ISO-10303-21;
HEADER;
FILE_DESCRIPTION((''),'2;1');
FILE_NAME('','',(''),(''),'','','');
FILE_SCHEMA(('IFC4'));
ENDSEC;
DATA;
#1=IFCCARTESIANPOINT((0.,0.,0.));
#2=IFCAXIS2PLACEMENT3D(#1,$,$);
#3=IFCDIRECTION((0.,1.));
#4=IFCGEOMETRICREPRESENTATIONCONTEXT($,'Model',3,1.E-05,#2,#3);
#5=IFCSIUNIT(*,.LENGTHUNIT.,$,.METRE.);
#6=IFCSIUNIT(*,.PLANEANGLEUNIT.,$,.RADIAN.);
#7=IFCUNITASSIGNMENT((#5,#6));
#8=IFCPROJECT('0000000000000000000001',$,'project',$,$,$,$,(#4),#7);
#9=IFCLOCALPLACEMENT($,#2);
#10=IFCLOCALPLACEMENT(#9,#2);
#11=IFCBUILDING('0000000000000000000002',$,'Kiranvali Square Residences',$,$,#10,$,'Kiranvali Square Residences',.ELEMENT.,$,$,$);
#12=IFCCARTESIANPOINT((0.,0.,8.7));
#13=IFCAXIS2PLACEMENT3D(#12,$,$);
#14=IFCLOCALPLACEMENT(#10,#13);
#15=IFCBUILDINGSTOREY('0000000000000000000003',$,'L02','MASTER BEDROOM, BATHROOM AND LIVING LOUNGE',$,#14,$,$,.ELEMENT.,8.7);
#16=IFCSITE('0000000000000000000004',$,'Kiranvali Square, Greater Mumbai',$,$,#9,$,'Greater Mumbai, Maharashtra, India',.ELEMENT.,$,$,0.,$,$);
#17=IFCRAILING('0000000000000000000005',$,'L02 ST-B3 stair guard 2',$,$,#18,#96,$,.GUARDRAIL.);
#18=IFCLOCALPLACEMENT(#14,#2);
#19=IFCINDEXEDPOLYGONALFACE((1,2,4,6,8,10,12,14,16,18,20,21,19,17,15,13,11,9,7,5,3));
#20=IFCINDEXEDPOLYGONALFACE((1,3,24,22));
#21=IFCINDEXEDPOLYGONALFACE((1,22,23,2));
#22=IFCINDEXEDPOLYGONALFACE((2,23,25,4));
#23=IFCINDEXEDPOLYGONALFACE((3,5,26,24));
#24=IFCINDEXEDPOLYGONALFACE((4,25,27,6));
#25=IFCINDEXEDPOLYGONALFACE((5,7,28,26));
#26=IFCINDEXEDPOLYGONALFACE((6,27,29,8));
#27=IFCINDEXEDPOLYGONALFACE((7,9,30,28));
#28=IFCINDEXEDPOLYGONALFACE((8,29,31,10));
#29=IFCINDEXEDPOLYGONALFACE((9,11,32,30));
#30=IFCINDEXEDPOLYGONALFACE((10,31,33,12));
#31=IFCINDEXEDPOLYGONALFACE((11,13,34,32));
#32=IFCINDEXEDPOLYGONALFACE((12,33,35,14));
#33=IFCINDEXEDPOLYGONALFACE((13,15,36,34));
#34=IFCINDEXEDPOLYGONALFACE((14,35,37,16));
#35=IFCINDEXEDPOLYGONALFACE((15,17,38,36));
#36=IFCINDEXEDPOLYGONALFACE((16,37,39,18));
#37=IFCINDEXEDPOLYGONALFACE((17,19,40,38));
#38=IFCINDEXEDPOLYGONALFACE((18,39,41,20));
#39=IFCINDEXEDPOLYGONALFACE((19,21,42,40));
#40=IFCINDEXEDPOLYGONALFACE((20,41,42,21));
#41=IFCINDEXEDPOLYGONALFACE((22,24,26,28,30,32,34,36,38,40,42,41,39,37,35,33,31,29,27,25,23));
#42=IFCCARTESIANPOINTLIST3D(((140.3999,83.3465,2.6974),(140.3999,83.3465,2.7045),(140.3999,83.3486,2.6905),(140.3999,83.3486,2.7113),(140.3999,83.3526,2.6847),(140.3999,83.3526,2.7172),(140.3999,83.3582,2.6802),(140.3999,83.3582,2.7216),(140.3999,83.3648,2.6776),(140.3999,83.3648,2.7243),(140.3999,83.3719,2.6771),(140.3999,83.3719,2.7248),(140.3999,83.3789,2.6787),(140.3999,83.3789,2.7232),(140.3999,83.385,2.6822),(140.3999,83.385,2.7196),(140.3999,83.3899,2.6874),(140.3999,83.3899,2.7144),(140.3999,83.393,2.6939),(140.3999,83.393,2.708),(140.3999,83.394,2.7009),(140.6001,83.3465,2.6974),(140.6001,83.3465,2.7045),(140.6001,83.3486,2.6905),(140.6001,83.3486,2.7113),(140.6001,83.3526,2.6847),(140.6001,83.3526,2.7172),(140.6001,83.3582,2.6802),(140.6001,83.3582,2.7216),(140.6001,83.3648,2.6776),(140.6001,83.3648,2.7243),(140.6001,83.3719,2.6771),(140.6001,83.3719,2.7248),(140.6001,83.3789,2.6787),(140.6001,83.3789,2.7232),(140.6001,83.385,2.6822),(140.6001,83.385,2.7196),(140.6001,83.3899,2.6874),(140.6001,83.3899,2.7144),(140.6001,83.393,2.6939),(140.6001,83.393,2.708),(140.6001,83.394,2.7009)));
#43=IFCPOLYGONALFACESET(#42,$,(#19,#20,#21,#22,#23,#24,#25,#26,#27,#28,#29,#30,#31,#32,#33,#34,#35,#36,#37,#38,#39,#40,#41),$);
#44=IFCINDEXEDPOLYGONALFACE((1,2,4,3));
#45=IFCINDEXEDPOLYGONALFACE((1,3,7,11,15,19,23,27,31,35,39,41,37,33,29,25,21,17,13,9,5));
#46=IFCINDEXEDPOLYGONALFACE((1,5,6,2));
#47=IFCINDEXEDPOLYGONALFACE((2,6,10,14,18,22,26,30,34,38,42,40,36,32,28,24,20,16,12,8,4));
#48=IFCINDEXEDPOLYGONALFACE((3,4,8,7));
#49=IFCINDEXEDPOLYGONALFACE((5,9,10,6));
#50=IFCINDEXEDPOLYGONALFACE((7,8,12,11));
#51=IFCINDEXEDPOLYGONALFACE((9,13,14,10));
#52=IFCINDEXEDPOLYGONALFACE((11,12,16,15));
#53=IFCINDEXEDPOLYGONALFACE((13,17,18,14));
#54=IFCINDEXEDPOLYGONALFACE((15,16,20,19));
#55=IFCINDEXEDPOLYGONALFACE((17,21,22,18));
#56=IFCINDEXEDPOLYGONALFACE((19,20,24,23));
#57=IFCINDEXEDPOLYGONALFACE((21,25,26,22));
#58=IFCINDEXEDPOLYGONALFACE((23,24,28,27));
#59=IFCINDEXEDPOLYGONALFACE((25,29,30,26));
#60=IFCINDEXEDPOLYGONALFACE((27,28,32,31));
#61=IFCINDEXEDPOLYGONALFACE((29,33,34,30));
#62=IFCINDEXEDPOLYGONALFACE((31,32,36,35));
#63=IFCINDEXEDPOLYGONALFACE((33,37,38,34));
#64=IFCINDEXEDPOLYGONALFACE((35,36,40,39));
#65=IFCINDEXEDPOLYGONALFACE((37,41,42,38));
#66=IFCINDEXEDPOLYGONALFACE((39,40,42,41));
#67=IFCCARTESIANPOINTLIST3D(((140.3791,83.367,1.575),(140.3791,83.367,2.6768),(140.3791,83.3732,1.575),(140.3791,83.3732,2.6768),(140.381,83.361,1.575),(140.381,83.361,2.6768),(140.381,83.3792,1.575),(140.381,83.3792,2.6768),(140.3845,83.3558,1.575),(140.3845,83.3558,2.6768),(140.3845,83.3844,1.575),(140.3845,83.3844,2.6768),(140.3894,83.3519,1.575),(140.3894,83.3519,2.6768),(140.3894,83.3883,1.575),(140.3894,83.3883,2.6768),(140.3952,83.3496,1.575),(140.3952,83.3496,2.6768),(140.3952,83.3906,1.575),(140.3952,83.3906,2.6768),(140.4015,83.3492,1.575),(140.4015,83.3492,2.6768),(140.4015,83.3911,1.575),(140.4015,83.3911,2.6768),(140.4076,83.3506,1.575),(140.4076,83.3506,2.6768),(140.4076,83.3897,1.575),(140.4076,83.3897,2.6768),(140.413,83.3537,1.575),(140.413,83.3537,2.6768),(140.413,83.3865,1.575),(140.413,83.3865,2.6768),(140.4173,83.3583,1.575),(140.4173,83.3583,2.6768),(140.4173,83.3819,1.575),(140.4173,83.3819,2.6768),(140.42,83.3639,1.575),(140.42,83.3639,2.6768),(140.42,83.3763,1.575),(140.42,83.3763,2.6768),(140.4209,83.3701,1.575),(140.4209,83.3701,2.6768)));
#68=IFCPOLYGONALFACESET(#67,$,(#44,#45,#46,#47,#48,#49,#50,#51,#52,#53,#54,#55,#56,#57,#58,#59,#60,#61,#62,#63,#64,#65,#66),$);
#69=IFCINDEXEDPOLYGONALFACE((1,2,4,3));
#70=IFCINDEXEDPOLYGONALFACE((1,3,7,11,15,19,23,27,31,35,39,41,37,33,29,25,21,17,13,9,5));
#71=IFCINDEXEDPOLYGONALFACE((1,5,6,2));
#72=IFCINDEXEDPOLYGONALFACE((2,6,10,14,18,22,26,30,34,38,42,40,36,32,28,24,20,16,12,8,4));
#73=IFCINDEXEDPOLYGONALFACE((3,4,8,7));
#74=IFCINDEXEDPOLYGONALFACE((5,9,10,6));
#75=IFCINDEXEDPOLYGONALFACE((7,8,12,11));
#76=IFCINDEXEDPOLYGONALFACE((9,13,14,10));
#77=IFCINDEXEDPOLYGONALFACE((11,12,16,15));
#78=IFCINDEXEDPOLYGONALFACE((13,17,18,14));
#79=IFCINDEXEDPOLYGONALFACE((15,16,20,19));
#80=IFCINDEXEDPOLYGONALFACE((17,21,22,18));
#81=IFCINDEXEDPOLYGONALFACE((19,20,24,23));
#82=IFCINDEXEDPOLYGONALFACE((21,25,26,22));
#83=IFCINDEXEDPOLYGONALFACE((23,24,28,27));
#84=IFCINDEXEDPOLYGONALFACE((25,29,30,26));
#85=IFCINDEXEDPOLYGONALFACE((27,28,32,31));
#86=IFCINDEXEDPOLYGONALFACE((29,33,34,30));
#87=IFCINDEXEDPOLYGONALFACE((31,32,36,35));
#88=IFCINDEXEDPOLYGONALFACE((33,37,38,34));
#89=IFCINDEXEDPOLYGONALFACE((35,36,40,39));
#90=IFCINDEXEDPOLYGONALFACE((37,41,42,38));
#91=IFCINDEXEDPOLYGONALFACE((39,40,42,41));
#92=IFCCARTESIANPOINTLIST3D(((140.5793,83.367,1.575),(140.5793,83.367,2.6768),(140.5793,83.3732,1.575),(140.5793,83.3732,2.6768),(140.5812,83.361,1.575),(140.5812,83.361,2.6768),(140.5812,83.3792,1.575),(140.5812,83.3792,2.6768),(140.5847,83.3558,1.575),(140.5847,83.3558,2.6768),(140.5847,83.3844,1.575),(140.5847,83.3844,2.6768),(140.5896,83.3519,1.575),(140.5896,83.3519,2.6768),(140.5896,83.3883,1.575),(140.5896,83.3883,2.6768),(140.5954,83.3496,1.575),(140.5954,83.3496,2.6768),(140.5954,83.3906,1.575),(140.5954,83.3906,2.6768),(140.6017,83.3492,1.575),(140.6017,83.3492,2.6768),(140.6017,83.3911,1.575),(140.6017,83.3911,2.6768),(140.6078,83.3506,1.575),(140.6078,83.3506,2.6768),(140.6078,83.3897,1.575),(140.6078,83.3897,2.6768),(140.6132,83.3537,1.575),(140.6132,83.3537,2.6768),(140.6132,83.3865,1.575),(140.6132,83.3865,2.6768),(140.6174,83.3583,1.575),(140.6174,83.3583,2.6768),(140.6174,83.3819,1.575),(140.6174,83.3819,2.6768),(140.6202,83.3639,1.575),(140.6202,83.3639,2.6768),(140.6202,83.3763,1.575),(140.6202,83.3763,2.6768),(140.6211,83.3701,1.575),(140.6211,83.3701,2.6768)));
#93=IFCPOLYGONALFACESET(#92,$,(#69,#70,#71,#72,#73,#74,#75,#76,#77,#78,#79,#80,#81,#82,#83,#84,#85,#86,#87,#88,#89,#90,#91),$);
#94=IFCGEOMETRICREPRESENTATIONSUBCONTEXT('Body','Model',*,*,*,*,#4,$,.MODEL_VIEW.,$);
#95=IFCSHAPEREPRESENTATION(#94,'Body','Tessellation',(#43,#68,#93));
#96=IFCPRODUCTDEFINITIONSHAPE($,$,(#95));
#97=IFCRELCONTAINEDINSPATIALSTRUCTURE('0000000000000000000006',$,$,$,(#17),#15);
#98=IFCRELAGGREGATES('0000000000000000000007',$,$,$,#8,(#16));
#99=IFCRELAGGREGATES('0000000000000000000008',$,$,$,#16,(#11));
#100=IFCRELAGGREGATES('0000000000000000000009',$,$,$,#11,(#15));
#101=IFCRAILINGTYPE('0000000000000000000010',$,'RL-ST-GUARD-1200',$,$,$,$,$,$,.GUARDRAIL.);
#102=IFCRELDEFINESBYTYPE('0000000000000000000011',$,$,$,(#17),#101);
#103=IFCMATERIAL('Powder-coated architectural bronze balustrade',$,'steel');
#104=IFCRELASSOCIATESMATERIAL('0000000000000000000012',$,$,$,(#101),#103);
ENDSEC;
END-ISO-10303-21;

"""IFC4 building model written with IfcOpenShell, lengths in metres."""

from ifc_helpers import new_model, si_unit, direction, frame, origin, origin_2d, place, context, subcontext, project, spatial, circle, extrude, material, type_object, element, save


model = new_model("IFC4")

# Units and contexts
model_context = context("Model", 3, precision=1e-05, world=origin(), true_north=direction((0.0, 1.0)))
body_context = subcontext(model_context, "Body", "Model", "MODEL_VIEW")
ifc_project = project(units=[si_unit("LENGTHUNIT", "METRE"), si_unit("PLANEANGLEUNIT", "RADIAN")], contexts=[model_context])

# Site, building, storey
site_placement = place(None, origin())
site = spatial("IfcSite", under=ifc_project, at=site_placement, Name="Kiranvali Square, Greater Mumbai", LongName="Greater Mumbai, Maharashtra, India", CompositionType="ELEMENT", RefElevation=0.0)
building_placement = place(site_placement, origin())
building = spatial("IfcBuilding", under=site, at=building_placement, Name="Kiranvali Square Residences", LongName="Kiranvali Square Residences", CompositionType="ELEMENT")
storey_placement = place(building_placement, frame((0.0, 0.0, 8.7)))
storey = spatial("IfcBuildingStorey", under=building, at=storey_placement, Name="L02", Description="MASTER BEDROOM, BATHROOM AND LIVING LOUNGE", CompositionType="ELEMENT", Elevation=8.7)

# Railing
ifc_material_1 = material(Name="Powder-coated architectural bronze balustrade", Category="steel")
railing_type_1 = type_object("IfcRailingType", Name="RL-ST-GUARD-1200", PredefinedType="GUARDRAIL", material=ifc_material_1)
railing_1_placement = place(storey_placement, frame((140.3999, 83.3701, 1.575)))
element("IfcRailing", 1, at=railing_1_placement, inside=storey, type_object=railing_type_1, Name="L02 ST-B3 stair guard 2", PredefinedType="GUARDRAIL", context=body_context, shape_type="SweptSolid", body=[
    extrude(circle(Radius=0.0239, at=origin_2d()), frame((0.0, 0.0, 1.126), z_axis=(1.0, 0.0, 0.0), x_axis=(0.0, 1.0, 0.0)), (0.0, 0.0, 1.0), 0.2002),
    extrude(circle(Radius=0.021, at=origin_2d()), origin(), (0.0, 0.0, 1.0), 1.1018),
    extrude(circle(Radius=0.021, at=origin_2d()), frame((0.2002, 0.0, 0.0)), (0.0, 0.0, 1.0), 1.1018),
])

save(model, "model.ifc")
